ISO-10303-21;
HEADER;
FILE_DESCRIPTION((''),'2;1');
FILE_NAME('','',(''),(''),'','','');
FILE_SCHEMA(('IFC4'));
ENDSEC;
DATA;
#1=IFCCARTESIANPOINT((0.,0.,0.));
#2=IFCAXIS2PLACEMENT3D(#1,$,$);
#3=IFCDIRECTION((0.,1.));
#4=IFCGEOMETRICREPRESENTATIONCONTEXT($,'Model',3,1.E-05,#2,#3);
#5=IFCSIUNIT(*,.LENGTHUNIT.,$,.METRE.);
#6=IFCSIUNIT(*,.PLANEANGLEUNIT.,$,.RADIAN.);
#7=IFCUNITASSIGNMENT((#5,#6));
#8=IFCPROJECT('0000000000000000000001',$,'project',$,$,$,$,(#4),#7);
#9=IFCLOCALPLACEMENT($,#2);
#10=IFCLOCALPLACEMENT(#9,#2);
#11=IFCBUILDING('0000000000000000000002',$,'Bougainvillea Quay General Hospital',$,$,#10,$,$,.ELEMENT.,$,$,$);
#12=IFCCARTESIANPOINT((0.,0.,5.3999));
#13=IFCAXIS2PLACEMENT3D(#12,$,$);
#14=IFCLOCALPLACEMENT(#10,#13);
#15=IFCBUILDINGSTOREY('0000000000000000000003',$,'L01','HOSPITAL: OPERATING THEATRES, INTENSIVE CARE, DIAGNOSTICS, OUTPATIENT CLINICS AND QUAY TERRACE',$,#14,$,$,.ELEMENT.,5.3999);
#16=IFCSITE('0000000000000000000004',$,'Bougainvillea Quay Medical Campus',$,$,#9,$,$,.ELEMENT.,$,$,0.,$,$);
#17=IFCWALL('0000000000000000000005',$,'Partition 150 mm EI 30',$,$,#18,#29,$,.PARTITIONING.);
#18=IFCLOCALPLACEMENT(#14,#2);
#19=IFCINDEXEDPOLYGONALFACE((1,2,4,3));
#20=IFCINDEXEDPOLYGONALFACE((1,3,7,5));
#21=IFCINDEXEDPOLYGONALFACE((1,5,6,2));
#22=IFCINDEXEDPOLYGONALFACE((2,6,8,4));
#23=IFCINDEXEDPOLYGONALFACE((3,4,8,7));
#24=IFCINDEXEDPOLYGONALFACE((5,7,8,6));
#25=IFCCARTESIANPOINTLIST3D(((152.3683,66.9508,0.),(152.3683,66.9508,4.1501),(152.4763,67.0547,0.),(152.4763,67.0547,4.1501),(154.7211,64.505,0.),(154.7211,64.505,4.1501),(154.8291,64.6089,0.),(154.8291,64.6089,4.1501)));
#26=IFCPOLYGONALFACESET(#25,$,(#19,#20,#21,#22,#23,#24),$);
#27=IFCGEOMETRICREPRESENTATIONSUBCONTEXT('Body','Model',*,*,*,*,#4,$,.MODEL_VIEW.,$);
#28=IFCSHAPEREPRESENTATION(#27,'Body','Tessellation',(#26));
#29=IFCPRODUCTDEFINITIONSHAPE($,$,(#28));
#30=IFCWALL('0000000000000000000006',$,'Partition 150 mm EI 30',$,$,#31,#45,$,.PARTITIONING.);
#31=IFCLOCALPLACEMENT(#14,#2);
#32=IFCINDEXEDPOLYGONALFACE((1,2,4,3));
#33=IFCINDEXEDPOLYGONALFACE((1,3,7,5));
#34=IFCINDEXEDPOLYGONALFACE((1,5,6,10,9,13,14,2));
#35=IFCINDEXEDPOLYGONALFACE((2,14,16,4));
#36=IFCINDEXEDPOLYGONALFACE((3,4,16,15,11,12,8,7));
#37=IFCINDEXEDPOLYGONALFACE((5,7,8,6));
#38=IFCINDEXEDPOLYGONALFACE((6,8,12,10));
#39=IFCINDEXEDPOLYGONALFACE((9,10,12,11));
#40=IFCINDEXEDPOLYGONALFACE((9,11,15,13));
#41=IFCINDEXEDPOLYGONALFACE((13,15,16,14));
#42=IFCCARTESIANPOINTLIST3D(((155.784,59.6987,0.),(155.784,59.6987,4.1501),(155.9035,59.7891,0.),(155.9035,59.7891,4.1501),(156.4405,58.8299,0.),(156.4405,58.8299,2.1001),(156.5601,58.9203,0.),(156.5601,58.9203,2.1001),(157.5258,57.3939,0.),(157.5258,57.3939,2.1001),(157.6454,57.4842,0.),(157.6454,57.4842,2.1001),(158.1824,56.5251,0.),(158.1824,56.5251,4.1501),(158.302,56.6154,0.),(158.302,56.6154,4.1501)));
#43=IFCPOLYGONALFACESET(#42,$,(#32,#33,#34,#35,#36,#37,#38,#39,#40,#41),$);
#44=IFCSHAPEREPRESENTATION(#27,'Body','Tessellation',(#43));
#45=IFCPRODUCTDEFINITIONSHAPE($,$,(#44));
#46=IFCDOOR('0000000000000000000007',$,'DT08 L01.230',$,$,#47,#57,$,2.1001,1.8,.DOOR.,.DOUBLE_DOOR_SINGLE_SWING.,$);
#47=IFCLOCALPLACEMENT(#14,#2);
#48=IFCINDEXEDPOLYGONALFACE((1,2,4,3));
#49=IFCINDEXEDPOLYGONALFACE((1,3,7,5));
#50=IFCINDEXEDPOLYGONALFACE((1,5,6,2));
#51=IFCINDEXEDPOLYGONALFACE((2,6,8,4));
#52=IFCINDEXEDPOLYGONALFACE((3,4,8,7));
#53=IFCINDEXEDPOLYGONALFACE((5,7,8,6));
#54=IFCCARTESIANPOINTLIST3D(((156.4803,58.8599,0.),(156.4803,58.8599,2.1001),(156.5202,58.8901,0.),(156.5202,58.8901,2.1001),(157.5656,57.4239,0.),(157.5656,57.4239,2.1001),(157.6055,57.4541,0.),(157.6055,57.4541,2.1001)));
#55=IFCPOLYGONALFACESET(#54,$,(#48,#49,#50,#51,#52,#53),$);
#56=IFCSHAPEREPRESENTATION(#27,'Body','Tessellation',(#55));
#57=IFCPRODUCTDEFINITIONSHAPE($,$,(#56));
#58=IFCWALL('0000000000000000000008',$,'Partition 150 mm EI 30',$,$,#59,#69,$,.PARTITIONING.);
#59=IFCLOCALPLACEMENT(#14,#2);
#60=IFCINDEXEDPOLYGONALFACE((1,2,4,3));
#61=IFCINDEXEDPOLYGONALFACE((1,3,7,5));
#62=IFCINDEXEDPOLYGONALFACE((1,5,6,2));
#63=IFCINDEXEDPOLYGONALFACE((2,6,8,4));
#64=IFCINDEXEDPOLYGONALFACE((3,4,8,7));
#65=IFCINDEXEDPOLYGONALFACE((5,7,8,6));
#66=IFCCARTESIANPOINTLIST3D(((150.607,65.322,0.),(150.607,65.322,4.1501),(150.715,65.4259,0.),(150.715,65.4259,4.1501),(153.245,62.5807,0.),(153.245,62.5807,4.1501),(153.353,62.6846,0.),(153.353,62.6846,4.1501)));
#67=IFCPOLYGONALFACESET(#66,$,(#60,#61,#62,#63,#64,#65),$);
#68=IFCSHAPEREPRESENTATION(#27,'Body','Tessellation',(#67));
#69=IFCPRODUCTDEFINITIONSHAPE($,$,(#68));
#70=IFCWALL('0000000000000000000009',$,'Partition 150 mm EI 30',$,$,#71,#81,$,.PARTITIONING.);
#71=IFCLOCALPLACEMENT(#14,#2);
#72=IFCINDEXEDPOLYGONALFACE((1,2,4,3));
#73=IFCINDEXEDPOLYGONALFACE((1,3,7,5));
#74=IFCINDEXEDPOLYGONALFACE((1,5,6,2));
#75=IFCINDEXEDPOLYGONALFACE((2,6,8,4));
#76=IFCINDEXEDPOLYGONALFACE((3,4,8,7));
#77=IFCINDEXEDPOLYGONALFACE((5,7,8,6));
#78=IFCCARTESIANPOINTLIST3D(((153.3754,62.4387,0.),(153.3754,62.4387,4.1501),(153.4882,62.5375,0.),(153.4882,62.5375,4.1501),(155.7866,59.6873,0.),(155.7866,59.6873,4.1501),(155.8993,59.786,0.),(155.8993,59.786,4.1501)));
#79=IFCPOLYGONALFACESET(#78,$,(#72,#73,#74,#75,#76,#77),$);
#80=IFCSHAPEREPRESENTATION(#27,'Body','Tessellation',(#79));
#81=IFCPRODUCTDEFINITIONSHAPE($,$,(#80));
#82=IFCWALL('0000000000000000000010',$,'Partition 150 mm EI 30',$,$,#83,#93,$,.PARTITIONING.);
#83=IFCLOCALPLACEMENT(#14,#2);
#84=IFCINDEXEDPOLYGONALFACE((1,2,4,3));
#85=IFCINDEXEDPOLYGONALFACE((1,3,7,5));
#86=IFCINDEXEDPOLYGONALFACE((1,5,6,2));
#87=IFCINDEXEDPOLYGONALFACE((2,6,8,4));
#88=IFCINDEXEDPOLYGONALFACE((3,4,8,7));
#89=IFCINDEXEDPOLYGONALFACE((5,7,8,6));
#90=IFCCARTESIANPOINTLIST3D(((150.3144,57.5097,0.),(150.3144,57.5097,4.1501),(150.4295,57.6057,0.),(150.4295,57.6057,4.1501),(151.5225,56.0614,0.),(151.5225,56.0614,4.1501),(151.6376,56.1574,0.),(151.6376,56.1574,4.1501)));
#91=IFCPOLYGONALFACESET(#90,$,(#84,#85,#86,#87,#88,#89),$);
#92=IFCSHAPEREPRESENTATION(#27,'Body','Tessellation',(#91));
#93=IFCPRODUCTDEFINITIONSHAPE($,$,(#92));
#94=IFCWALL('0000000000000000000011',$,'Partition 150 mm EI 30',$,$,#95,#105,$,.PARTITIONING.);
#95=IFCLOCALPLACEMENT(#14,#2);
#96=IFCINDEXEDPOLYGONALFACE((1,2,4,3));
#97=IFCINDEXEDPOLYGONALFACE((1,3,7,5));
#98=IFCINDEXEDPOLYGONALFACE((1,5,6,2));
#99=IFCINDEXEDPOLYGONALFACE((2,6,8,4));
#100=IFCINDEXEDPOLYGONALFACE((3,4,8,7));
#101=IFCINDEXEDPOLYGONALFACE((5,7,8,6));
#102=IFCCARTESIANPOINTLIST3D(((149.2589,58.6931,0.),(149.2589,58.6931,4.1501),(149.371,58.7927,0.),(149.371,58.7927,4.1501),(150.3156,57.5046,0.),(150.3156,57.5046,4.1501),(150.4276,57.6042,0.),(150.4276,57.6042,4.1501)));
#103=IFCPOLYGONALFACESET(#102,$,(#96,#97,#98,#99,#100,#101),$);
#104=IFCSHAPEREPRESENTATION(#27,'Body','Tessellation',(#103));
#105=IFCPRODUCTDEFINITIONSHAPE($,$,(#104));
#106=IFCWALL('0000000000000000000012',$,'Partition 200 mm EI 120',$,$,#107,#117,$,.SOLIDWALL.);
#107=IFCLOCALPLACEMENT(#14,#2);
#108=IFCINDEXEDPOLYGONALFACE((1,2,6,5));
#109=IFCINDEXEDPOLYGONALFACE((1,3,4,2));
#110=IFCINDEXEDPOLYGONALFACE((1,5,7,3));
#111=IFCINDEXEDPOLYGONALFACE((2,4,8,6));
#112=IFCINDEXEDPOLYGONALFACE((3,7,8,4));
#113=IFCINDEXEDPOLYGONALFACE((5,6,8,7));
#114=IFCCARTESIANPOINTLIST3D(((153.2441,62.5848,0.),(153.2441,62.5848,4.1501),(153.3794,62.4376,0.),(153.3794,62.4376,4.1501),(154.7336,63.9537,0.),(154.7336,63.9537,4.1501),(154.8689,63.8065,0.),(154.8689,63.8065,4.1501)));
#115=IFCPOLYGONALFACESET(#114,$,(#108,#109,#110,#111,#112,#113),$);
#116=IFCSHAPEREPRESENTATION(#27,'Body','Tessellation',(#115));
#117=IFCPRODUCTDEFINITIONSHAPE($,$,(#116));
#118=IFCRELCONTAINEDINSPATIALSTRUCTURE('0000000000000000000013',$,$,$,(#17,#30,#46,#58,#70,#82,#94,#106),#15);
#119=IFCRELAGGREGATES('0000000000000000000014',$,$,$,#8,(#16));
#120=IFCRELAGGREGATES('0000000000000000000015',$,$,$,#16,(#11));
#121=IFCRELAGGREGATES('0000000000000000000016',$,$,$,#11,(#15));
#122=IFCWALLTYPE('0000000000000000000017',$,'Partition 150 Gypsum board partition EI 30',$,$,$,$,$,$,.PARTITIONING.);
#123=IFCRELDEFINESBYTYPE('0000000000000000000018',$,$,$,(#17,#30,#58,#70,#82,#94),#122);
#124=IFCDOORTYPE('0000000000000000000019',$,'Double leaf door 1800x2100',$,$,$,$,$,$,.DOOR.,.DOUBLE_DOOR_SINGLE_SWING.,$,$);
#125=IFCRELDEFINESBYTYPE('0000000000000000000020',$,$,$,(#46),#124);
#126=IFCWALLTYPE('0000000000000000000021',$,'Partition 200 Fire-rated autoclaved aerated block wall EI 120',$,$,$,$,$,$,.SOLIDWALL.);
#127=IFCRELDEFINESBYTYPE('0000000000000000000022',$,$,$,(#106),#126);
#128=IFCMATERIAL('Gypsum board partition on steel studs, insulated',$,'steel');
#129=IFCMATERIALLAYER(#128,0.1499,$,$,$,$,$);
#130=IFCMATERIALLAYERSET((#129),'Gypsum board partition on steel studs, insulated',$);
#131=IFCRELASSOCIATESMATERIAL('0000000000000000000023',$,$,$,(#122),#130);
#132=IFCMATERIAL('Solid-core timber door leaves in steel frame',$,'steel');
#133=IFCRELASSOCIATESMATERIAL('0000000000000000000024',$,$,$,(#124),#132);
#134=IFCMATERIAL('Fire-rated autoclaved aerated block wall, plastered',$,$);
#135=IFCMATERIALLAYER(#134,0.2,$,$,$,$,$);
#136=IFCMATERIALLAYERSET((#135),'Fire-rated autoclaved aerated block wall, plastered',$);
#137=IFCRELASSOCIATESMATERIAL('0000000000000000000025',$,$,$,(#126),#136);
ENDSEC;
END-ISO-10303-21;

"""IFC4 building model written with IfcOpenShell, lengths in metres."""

from ifc_helpers import new_model, si_unit, direction, frame, frame_2d, origin, place, context, subcontext, project, spatial, rectangle, extrude, material, layer, layer_set, type_object, element, fill, save


model = new_model("IFC4")

# Units and contexts
model_context = context("Model", 3, precision=1e-05, world=origin(), true_north=direction((0.0, 1.0)))
body_context = subcontext(model_context, "Body", "Model", "MODEL_VIEW")
ifc_project = project(units=[si_unit("LENGTHUNIT", "METRE"), si_unit("PLANEANGLEUNIT", "RADIAN")], contexts=[model_context])

# Site, building, storey
site_placement = place(None, origin())
site = spatial("IfcSite", under=ifc_project, at=site_placement, Name="Bougainvillea Quay Medical Campus", CompositionType="ELEMENT", RefElevation=0.0)
building_placement = place(site_placement, origin())
building = spatial("IfcBuilding", under=site, at=building_placement, Name="Bougainvillea Quay General Hospital", CompositionType="ELEMENT")
storey_placement = place(building_placement, frame((0.0, 0.0, 5.3999)))
storey = spatial("IfcBuildingStorey", under=building, at=storey_placement, Name="L01", Description="HOSPITAL: OPERATING THEATRES, INTENSIVE CARE, DIAGNOSTICS, OUTPATIENT CLINICS AND QUAY TERRACE", CompositionType="ELEMENT", Elevation=5.3999)

# Shared definitions
ifc_material_1 = material(Name="Gypsum board partition on steel studs, insulated", Category="steel")
ifc_layer_1 = layer(ifc_material_1, 0.1499)
ifc_layer_set_1 = layer_set([ifc_layer_1], Name="Gypsum board partition on steel studs, insulated")
wall_type_1 = type_object("IfcWallType", Name="Partition 150 Gypsum board partition EI 30", PredefinedType="PARTITIONING", material=ifc_layer_set_1)

# Wall
wall_1_placement = place(storey_placement, frame((152.4224, 67.0027, 0.0), z_axis=(0.0, 0.0, 1.0), x_axis=(0.69327, -0.720678, 0.0)))
element("IfcWall", 1, at=wall_1_placement, inside=storey, type_object=wall_type_1, Name="Partition 150 mm EI 30", PredefinedType="PARTITIONING", context=body_context, shape_type="SweptSolid", body=[
    extrude(rectangle(XDim=3.3938, YDim=0.1499, at=frame_2d((1.6968, 0.0))), origin(), (0.0, 0.0, 1.0), 4.1501),
])

# Wall, opening, door
wall_2_placement = place(storey_placement, frame((155.8438, 59.7439, 0.0), z_axis=(0.0, 0.0, 1.0), x_axis=(0.602932, -0.797793, 0.0)))
wall_2 = element("IfcWall", 2, at=wall_2_placement, inside=storey, type_object=wall_type_1, Name="Partition 150 mm EI 30", PredefinedType="PARTITIONING", context=body_context, shape_type="SweptSolid", body=[
    extrude(rectangle(XDim=3.978, YDim=0.1499, at=frame_2d((1.989, 0.0))), origin(), (0.0, 0.0, 1.0), 4.1501),
])
opening_1_placement = place(wall_2_placement, frame((1.0891, 0.0, 0.0)))
opening_1 = element("IfcOpeningElement", 3, at=opening_1_placement, cuts=wall_2, PredefinedType="OPENING", context=body_context, shape_type="SweptSolid", body=[
    extrude(rectangle(XDim=1.8, YDim=2.1001, at=frame_2d((0.8999, 1.05))), frame((0.0, 0.085, 0.0), z_axis=(0.0, -1.0, 0.0), x_axis=(1.0, 0.0, 0.0)), (0.0, 0.0, 1.0), 0.1699),
])
ifc_material_2 = material(Name="Solid-core timber door leaves in steel frame", Category="steel")
door_type_1 = type_object("IfcDoorType", Name="Double leaf door 1800x2100", OperationType="DOUBLE_DOOR_SINGLE_SWING", PredefinedType="DOOR", material=ifc_material_2)
door_1_placement = place(opening_1_placement, origin())
door_1 = element("IfcDoor", 4, at=door_1_placement, inside=storey, type_object=door_type_1, Name="DT08 L01.230", OperationType="DOUBLE_DOOR_SINGLE_SWING", OverallHeight=2.1001, OverallWidth=1.8, PredefinedType="DOOR", context=body_context, shape_type="SweptSolid", body=[
    extrude(rectangle(XDim=1.8, YDim=2.1001, at=frame_2d((0.8999, 1.05))), frame((0.0, 0.0249, 0.0), z_axis=(0.0, -1.0, 0.0), x_axis=(1.0, 0.0, 0.0)), (0.0, 0.0, 1.0), 0.05),
])
fill(opening_1, door_1)

# Walls
wall_3_placement = place(storey_placement, frame((150.6609, 65.374, 0.0), z_axis=(0.0, 0.0, 1.0), x_axis=(0.693404, -0.720549, 0.0)))
element("IfcWall", 5, at=wall_3_placement, inside=storey, type_object=wall_type_1, Name="Partition 150 mm EI 30", PredefinedType="PARTITIONING", context=body_context, shape_type="SweptSolid", body=[
    extrude(rectangle(XDim=3.8044, YDim=0.1499, at=frame_2d((1.9023, 0.0))), origin(), (0.0, 0.0, 1.0), 4.1501),
])
wall_4_placement = place(storey_placement, frame((153.4319, 62.488, 0.0), z_axis=(0.0, 0.0, 1.0), x_axis=(0.659062, -0.752089, 0.0)))
element("IfcWall", 6, at=wall_4_placement, inside=storey, type_object=wall_type_1, Name="Partition 150 mm EI 30", PredefinedType="PARTITIONING", context=body_context, shape_type="SweptSolid", body=[
    extrude(rectangle(XDim=3.6584, YDim=0.1499, at=frame_2d((1.8291, 0.0))), origin(), (0.0, 0.0, 1.0), 4.1501),
])
wall_5_placement = place(storey_placement, frame((150.3721, 57.5576, 0.0), z_axis=(0.0, 0.0, 1.0), x_axis=(0.640541, -0.767924, 0.0)))
element("IfcWall", 7, at=wall_5_placement, inside=storey, type_object=wall_type_1, Name="Partition 150 mm EI 30", PredefinedType="PARTITIONING", context=body_context, shape_type="SweptSolid", body=[
    extrude(rectangle(XDim=1.886, YDim=0.1499, at=frame_2d((0.9429, 0.0))), origin(), (0.0, 0.0, 1.0), 4.1501),
])
wall_6_placement = place(storey_placement, frame((149.3149, 58.7429, 0.0), z_axis=(0.0, 0.0, 1.0), x_axis=(0.66444, -0.747342, 0.0)))
element("IfcWall", 8, at=wall_6_placement, inside=storey, type_object=wall_type_1, Name="Partition 150 mm EI 30", PredefinedType="PARTITIONING", context=body_context, shape_type="SweptSolid", body=[
    extrude(rectangle(XDim=1.5903, YDim=0.1499, at=frame_2d((0.7952, 0.0))), origin(), (0.0, 0.0, 1.0), 4.1501),
])
ifc_material_3 = material(Name="Fire-rated autoclaved aerated block wall, plastered")
ifc_layer_2 = layer(ifc_material_3, 0.2)
ifc_layer_set_2 = layer_set([ifc_layer_2], Name="Fire-rated autoclaved aerated block wall, plastered")
wall_type_2 = type_object("IfcWallType", Name="Partition 200 Fire-rated autoclaved aerated block wall EI 120", PredefinedType="SOLIDWALL", material=ifc_layer_set_2)
wall_7_placement = place(storey_placement, frame((153.3118, 62.5112, 0.0), z_axis=(0.0, 0.0, 1.0), x_axis=(0.736287, 0.676669, 0.0)))
element("IfcWall", 9, at=wall_7_placement, inside=storey, type_object=wall_type_2, Name="Partition 200 mm EI 120", PredefinedType="SOLIDWALL", context=body_context, shape_type="SweptSolid", body=[
    extrude(rectangle(XDim=2.0229, YDim=0.2, at=frame_2d((1.0115, 0.0))), origin(), (0.0, 0.0, 1.0), 4.1501),
])

save(model, "model.ifc")
